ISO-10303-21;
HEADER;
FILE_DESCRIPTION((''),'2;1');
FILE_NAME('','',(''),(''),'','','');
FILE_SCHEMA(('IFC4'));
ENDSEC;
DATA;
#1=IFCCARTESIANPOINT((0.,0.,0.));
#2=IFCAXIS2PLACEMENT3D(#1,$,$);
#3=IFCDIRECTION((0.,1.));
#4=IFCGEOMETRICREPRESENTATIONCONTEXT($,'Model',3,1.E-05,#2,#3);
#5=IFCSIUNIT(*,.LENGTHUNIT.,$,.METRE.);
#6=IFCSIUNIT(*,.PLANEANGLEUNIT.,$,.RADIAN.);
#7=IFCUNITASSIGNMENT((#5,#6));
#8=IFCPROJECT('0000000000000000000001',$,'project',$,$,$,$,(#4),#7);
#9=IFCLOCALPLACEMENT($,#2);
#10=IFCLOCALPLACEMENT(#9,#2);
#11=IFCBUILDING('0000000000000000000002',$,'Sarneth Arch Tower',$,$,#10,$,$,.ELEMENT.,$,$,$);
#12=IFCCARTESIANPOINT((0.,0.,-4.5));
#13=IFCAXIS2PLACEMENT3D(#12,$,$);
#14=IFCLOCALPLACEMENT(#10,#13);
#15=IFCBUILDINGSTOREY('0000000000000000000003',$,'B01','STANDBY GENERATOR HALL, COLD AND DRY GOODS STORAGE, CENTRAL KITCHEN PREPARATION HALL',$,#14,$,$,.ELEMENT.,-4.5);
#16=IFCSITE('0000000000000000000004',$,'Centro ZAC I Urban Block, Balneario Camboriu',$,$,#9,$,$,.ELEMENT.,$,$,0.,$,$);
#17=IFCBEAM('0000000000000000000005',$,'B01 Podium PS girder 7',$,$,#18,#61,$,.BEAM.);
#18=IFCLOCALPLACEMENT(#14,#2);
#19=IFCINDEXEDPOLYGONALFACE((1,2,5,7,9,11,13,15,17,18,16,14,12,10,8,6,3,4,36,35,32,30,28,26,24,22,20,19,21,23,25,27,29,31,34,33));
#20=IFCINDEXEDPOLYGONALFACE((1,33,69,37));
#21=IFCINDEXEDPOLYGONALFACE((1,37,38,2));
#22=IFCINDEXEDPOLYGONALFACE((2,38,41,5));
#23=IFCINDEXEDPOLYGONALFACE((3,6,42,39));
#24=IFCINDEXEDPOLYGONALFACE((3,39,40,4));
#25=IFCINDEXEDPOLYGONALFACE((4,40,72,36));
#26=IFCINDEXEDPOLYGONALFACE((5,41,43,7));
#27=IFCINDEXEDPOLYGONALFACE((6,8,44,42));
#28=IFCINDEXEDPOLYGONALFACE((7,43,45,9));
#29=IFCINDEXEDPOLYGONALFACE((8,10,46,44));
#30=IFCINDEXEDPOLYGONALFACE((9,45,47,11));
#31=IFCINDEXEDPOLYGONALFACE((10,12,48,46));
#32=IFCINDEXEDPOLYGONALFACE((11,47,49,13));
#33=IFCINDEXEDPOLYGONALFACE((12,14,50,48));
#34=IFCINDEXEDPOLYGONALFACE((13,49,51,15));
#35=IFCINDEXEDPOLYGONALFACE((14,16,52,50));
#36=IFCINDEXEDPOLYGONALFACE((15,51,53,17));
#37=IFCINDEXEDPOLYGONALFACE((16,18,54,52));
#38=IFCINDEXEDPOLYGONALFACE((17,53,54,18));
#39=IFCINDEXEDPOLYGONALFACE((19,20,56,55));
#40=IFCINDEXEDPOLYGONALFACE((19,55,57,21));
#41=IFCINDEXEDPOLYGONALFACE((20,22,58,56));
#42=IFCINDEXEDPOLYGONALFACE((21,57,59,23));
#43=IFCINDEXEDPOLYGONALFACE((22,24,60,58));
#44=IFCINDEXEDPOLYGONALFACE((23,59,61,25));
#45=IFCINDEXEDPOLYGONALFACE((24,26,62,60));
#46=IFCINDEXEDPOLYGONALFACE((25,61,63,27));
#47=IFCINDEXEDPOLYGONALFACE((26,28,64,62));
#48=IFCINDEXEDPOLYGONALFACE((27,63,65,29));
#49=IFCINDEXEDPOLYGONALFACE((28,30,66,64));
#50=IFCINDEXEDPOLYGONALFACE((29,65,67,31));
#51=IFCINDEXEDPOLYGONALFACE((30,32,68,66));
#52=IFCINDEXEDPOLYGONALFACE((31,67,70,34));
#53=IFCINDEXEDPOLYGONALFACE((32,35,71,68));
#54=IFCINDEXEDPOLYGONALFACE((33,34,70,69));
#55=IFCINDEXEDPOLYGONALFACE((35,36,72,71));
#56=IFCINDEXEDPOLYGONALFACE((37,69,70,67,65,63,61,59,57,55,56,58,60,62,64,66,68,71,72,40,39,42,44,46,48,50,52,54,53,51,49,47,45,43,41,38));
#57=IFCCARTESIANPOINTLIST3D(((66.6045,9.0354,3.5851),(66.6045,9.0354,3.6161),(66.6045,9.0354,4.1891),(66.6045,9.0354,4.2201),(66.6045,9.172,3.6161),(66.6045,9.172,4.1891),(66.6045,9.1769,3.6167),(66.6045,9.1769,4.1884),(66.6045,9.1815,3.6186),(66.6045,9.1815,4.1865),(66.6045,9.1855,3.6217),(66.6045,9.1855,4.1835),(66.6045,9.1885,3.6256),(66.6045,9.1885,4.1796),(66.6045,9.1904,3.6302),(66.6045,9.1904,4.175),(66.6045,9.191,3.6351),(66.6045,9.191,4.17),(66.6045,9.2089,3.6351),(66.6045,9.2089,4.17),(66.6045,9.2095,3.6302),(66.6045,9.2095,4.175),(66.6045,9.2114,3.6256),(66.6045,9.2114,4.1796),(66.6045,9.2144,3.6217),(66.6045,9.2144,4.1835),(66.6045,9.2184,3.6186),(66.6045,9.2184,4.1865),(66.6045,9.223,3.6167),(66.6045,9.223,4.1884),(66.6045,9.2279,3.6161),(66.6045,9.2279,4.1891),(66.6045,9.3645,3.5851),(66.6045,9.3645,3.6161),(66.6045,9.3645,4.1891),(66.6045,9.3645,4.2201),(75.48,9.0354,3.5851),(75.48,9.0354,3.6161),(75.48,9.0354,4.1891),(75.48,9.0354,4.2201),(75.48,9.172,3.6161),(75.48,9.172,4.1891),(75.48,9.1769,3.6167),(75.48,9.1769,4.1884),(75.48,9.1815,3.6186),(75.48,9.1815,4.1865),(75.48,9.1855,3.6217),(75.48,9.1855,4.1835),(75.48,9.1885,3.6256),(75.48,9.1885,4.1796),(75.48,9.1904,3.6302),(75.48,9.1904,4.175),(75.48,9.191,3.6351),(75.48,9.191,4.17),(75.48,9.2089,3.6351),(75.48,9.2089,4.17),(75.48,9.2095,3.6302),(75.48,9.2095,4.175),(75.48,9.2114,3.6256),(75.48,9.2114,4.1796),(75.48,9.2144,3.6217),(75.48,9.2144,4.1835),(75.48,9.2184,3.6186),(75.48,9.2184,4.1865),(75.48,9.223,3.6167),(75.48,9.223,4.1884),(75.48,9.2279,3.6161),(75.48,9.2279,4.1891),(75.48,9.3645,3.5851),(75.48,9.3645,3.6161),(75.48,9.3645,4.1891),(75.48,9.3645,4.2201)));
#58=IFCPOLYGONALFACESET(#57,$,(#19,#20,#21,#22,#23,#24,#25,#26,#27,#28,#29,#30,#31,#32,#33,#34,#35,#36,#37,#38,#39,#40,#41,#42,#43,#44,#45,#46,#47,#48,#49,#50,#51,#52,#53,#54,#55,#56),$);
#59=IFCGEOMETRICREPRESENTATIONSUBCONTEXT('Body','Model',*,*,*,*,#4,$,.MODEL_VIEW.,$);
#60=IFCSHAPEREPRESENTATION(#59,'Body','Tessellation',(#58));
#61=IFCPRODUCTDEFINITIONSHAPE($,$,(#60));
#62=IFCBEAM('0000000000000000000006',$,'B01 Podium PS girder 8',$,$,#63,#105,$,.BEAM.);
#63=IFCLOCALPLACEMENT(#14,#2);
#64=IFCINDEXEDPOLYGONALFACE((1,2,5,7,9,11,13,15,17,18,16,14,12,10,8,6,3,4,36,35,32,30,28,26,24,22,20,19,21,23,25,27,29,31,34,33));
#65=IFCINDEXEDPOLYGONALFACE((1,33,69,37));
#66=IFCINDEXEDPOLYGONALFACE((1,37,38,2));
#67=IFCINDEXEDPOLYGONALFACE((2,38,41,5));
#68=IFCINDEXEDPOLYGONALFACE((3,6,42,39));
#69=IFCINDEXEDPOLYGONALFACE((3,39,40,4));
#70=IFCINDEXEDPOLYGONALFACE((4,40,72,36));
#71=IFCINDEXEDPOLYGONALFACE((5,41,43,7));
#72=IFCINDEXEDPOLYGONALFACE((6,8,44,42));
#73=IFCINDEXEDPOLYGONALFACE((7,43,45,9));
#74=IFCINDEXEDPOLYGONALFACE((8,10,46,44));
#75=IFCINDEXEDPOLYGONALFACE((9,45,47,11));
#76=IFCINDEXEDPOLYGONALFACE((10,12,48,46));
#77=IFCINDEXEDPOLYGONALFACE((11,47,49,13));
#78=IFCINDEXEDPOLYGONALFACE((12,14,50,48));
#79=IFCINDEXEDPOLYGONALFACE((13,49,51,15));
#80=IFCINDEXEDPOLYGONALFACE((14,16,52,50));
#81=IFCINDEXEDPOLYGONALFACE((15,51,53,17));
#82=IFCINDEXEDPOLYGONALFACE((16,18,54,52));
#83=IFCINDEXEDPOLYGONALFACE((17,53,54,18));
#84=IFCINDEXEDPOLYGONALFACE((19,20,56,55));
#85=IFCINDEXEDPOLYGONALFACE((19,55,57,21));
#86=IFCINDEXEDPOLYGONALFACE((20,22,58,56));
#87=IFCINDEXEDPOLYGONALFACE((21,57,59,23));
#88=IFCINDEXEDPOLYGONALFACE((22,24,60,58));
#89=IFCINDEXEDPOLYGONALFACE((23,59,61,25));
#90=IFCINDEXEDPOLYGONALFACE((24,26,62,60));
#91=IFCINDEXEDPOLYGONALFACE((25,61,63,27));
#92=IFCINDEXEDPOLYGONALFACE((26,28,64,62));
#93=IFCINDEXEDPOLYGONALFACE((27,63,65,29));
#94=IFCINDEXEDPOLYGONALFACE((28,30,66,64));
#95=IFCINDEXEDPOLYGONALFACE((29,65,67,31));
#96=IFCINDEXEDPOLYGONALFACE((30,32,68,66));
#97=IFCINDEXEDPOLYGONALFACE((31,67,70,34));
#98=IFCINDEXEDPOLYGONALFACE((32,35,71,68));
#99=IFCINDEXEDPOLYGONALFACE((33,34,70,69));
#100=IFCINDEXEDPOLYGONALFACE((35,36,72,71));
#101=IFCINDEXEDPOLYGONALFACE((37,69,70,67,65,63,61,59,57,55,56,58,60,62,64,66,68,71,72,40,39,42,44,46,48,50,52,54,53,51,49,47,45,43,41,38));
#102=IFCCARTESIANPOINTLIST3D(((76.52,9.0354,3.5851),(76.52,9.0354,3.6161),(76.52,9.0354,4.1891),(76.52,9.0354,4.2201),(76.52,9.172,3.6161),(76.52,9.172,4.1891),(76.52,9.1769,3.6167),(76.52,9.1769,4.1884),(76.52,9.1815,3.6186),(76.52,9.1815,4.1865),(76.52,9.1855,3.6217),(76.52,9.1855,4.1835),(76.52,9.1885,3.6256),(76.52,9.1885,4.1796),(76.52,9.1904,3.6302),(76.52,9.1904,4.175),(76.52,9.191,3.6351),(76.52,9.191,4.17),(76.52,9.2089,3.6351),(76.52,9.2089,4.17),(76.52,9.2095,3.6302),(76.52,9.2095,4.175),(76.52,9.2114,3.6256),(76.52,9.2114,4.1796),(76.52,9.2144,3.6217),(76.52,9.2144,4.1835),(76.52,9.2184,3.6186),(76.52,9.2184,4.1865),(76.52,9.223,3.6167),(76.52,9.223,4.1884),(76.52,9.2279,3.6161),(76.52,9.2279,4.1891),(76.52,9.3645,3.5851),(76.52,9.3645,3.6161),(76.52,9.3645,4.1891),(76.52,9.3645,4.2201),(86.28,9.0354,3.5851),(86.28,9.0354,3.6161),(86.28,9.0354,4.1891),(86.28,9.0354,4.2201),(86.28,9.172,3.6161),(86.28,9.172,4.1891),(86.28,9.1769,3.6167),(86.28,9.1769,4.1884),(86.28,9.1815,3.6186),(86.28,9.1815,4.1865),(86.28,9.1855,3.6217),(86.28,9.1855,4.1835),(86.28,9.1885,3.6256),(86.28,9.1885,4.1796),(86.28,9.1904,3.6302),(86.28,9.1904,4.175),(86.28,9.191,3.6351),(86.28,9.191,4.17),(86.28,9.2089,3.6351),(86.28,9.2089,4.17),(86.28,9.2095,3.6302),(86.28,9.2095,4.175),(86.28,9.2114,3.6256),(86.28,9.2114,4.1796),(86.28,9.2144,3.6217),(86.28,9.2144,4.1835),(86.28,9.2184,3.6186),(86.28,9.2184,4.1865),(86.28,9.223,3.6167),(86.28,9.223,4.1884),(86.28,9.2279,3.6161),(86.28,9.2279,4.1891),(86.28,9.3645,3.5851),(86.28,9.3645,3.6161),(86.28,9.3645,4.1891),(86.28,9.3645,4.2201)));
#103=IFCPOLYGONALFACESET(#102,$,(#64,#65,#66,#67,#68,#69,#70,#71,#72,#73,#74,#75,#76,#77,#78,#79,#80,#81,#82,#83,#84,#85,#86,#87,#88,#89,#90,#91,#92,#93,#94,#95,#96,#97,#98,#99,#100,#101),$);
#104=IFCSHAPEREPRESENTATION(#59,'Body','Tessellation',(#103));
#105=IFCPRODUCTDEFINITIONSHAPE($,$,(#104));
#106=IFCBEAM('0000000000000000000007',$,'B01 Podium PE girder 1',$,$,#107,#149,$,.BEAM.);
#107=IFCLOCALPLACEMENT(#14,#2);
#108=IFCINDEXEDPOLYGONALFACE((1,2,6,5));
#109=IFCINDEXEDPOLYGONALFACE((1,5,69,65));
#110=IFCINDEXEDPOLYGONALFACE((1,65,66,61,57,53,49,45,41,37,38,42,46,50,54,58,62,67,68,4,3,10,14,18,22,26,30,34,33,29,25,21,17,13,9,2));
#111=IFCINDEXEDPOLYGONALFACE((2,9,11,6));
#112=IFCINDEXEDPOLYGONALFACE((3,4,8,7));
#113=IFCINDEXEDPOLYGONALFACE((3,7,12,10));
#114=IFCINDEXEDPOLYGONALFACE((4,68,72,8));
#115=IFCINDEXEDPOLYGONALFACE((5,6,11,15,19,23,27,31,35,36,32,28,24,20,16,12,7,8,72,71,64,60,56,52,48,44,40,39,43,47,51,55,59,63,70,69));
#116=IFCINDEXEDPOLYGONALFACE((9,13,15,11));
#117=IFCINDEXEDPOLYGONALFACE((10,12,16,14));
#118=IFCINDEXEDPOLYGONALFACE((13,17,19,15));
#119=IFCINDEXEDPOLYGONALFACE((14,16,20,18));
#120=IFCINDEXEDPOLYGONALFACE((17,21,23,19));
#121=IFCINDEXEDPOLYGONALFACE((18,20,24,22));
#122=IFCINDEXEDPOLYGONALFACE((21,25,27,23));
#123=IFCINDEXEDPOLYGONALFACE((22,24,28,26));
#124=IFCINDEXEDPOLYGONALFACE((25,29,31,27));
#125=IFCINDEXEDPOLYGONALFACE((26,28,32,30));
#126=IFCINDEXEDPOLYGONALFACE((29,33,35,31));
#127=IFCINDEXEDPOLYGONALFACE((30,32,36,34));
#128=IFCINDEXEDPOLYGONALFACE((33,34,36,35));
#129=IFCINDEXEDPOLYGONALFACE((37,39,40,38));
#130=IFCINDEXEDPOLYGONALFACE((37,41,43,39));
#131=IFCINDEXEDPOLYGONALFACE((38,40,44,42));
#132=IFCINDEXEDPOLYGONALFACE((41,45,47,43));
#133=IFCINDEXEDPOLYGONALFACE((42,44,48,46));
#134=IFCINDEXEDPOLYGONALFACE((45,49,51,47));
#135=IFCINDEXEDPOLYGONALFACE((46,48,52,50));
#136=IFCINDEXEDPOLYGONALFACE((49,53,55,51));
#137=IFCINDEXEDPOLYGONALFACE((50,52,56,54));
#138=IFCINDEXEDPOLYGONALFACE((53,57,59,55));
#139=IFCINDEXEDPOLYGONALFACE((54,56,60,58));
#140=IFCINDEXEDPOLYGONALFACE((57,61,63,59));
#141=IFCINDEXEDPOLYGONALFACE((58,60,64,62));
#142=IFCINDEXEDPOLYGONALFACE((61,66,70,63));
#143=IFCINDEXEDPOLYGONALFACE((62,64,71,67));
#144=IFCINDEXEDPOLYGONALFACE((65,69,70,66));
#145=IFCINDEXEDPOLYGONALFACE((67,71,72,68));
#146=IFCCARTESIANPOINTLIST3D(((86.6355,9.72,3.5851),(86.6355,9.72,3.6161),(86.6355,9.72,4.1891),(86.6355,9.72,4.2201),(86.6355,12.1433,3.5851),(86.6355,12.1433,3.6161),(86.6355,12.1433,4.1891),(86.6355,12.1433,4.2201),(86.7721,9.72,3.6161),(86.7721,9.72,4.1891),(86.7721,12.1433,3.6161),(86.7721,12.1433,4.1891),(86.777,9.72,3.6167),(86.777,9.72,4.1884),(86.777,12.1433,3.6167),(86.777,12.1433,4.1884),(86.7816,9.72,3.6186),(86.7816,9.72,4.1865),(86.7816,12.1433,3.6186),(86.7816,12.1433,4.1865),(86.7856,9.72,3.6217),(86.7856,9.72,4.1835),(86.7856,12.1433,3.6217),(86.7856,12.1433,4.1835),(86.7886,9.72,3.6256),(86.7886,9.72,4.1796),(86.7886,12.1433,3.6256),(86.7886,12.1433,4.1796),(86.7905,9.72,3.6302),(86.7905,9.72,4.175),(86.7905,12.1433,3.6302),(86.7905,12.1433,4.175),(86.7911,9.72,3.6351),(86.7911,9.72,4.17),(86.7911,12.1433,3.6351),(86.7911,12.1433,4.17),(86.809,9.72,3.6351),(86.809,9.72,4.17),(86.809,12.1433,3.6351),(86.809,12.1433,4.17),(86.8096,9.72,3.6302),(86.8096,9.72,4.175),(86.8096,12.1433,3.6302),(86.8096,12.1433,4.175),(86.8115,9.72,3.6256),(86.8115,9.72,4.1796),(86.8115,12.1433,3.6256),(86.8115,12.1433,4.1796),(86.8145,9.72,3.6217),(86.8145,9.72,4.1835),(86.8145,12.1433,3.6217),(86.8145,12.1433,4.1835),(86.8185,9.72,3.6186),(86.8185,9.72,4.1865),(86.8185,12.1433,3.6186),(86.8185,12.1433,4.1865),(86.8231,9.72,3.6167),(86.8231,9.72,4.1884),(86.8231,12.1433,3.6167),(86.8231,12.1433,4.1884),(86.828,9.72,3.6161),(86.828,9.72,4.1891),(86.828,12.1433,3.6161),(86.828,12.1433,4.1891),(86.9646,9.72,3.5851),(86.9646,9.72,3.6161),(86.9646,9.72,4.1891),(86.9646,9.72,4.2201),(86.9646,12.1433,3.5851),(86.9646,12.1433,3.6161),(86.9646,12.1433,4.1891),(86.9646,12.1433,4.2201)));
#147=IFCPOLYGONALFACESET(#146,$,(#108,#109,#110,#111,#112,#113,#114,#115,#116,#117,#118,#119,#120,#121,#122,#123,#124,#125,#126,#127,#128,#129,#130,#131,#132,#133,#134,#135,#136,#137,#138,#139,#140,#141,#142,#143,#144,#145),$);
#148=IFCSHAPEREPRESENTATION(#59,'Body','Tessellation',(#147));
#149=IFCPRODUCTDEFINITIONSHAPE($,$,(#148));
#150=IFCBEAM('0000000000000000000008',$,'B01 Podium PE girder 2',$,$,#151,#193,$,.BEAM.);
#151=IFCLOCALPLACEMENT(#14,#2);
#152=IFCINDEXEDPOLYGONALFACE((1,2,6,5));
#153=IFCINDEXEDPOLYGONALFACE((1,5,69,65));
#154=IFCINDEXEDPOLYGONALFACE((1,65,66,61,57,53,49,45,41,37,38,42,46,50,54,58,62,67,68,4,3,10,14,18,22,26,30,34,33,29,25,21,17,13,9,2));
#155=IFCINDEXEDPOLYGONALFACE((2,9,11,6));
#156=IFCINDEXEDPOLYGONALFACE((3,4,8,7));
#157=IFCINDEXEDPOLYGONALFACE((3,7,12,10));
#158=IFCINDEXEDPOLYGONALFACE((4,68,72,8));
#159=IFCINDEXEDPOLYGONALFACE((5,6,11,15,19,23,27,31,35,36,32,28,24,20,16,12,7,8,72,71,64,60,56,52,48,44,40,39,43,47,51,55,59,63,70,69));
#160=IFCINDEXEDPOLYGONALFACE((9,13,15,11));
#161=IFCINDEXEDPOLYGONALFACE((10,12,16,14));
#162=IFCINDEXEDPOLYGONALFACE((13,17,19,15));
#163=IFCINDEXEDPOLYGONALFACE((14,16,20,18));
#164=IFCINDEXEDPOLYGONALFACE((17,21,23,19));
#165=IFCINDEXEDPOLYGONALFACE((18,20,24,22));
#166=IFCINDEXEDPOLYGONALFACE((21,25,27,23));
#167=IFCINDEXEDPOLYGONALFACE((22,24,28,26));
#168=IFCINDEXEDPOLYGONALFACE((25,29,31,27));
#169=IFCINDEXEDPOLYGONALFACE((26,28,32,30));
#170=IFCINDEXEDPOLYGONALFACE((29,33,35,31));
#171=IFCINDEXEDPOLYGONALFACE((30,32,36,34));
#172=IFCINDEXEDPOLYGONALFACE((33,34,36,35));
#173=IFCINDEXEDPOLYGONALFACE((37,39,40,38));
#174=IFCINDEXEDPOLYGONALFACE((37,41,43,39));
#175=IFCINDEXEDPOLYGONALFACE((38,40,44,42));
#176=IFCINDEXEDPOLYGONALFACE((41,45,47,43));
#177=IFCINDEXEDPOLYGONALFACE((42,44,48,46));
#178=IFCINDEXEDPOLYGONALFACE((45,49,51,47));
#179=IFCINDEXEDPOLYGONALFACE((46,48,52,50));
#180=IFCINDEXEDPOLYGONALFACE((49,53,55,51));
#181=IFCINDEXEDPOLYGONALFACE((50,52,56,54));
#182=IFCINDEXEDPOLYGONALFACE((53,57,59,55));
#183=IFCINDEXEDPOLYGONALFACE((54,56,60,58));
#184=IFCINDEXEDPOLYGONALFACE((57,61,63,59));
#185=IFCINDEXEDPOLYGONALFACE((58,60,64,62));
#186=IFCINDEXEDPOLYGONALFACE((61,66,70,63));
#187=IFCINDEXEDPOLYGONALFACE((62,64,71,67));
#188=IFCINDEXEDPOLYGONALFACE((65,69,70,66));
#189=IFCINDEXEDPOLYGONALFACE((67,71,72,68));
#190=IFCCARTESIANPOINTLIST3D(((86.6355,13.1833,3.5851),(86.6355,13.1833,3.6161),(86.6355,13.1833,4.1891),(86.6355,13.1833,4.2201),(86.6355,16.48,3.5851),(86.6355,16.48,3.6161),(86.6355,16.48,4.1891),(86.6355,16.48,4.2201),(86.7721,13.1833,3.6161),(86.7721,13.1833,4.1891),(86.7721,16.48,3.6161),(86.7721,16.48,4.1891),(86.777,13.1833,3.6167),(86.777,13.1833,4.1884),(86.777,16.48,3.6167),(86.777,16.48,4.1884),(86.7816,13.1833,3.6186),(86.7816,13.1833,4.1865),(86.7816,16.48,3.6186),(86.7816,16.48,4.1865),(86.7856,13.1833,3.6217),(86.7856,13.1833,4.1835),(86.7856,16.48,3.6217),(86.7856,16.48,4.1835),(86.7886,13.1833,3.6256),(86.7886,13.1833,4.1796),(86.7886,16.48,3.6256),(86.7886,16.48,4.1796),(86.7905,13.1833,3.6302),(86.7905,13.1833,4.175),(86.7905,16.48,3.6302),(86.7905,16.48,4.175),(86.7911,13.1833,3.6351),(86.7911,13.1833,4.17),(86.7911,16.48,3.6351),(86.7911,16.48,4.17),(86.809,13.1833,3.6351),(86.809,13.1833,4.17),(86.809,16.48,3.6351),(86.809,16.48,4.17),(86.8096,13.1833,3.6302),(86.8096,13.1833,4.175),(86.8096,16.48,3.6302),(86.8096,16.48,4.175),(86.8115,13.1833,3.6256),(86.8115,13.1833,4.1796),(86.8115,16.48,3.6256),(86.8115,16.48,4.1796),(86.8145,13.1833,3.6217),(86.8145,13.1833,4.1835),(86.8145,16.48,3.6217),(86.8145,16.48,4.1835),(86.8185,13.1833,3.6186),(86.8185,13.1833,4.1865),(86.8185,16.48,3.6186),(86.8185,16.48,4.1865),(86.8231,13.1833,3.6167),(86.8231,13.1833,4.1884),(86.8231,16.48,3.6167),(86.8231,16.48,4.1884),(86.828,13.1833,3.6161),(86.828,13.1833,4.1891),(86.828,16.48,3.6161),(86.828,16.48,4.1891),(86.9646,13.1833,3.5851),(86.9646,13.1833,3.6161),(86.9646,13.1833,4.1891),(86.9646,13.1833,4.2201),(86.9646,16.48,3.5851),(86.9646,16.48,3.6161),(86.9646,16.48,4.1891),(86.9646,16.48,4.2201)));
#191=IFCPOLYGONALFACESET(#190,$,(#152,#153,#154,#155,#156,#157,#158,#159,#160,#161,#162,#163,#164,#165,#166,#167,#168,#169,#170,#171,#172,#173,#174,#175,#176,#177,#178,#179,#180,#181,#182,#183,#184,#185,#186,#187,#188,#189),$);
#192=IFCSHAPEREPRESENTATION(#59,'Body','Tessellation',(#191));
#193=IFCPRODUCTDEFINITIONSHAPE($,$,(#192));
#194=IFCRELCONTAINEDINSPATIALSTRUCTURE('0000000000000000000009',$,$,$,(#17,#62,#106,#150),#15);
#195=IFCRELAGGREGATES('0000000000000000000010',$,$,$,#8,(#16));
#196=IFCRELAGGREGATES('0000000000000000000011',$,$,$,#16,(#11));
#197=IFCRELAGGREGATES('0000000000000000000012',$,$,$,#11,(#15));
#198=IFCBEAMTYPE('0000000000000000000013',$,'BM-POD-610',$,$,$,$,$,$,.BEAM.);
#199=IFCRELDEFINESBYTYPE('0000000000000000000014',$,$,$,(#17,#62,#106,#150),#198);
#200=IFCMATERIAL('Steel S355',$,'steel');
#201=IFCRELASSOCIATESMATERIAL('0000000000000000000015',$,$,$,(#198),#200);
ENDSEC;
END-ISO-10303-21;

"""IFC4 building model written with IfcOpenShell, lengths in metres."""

from ifc_helpers import new_model, si_unit, direction, frame, origin, origin_2d, place, context, subcontext, project, spatial, i_section, extrude, material, material_profile, profile_set, type_object, element, save


model = new_model("IFC4")

# Units and contexts
model_context = context("Model", 3, precision=1e-05, world=origin(), true_north=direction((0.0, 1.0)))
body_context = subcontext(model_context, "Body", "Model", "MODEL_VIEW")
ifc_project = project(units=[si_unit("LENGTHUNIT", "METRE"), si_unit("PLANEANGLEUNIT", "RADIAN")], contexts=[model_context])

# Site, building, storey
site_placement = place(None, origin())
site = spatial("IfcSite", under=ifc_project, at=site_placement, Name="Centro ZAC I Urban Block, Balneario Camboriu", CompositionType="ELEMENT", RefElevation=0.0)
building_placement = place(site_placement, origin())
building = spatial("IfcBuilding", under=site, at=building_placement, Name="Sarneth Arch Tower", CompositionType="ELEMENT")
storey_placement = place(building_placement, frame((0.0, 0.0, -4.5)))
storey = spatial("IfcBuildingStorey", under=building, at=storey_placement, Name="B01", Description="STANDBY GENERATOR HALL, COLD AND DRY GOODS STORAGE, CENTRAL KITCHEN PREPARATION HALL", CompositionType="ELEMENT", Elevation=-4.5)

# Beams
ifc_material_1 = material(Name="Steel S355", Category="steel")
ifc_material_profile_1 = material_profile(ifc_material_1, i_section(OverallWidth=0.3291, OverallDepth=0.635, WebThickness=0.0178, FlangeThickness=0.031, FilletRadius=0.019, at=origin_2d()), Name="W610x241")
ifc_profile_set_1 = profile_set([ifc_material_profile_1], Name="Steel S355")
beam_type = type_object("IfcBeamType", Name="BM-POD-610", PredefinedType="BEAM", material=ifc_profile_set_1)
beam_1_placement = place(storey_placement, frame((66.6045, 9.2, 3.9026), z_axis=(1.0, 0.0, 0.0), x_axis=(0.0, 1.0, 0.0)))
element("IfcBeam", 1, at=beam_1_placement, inside=storey, type_object=beam_type, Name="B01 Podium PS girder 7", PredefinedType="BEAM", context=body_context, shape_type="SweptSolid", body=[
    extrude(i_section(OverallWidth=0.3291, OverallDepth=0.635, WebThickness=0.0178, FlangeThickness=0.031, FilletRadius=0.019, at=origin_2d()), origin(), (0.0, 0.0, 1.0), 8.8755),
])
beam_2_placement = place(storey_placement, frame((76.52, 9.2, 3.9026), z_axis=(1.0, 0.0, 0.0), x_axis=(0.0, 1.0, 0.0)))
element("IfcBeam", 2, at=beam_2_placement, inside=storey, type_object=beam_type, Name="B01 Podium PS girder 8", PredefinedType="BEAM", context=body_context, shape_type="SweptSolid", body=[
    extrude(i_section(OverallWidth=0.3291, OverallDepth=0.635, WebThickness=0.0178, FlangeThickness=0.031, FilletRadius=0.019, at=origin_2d()), origin(), (0.0, 0.0, 1.0), 9.76),
])
beam_3_placement = place(storey_placement, frame((86.8, 9.72, 3.9026), z_axis=(0.0, 1.0, 0.0), x_axis=(-1.0, 0.0, 0.0)))
element("IfcBeam", 3, at=beam_3_placement, inside=storey, type_object=beam_type, Name="B01 Podium PE girder 1", PredefinedType="BEAM", context=body_context, shape_type="SweptSolid", body=[
    extrude(i_section(OverallWidth=0.3291, OverallDepth=0.635, WebThickness=0.0178, FlangeThickness=0.031, FilletRadius=0.019, at=origin_2d()), origin(), (0.0, 0.0, 1.0), 2.4233),
])
beam_4_placement = place(storey_placement, frame((86.8, 13.1833, 3.9026), z_axis=(0.0, 1.0, 0.0), x_axis=(-1.0, 0.0, 0.0)))
element("IfcBeam", 4, at=beam_4_placement, inside=storey, type_object=beam_type, Name="B01 Podium PE girder 2", PredefinedType="BEAM", context=body_context, shape_type="SweptSolid", body=[
    extrude(i_section(OverallWidth=0.3291, OverallDepth=0.635, WebThickness=0.0178, FlangeThickness=0.031, FilletRadius=0.019, at=origin_2d()), origin(), (0.0, 0.0, 1.0), 3.2966),
])

save(model, "model.ifc")
